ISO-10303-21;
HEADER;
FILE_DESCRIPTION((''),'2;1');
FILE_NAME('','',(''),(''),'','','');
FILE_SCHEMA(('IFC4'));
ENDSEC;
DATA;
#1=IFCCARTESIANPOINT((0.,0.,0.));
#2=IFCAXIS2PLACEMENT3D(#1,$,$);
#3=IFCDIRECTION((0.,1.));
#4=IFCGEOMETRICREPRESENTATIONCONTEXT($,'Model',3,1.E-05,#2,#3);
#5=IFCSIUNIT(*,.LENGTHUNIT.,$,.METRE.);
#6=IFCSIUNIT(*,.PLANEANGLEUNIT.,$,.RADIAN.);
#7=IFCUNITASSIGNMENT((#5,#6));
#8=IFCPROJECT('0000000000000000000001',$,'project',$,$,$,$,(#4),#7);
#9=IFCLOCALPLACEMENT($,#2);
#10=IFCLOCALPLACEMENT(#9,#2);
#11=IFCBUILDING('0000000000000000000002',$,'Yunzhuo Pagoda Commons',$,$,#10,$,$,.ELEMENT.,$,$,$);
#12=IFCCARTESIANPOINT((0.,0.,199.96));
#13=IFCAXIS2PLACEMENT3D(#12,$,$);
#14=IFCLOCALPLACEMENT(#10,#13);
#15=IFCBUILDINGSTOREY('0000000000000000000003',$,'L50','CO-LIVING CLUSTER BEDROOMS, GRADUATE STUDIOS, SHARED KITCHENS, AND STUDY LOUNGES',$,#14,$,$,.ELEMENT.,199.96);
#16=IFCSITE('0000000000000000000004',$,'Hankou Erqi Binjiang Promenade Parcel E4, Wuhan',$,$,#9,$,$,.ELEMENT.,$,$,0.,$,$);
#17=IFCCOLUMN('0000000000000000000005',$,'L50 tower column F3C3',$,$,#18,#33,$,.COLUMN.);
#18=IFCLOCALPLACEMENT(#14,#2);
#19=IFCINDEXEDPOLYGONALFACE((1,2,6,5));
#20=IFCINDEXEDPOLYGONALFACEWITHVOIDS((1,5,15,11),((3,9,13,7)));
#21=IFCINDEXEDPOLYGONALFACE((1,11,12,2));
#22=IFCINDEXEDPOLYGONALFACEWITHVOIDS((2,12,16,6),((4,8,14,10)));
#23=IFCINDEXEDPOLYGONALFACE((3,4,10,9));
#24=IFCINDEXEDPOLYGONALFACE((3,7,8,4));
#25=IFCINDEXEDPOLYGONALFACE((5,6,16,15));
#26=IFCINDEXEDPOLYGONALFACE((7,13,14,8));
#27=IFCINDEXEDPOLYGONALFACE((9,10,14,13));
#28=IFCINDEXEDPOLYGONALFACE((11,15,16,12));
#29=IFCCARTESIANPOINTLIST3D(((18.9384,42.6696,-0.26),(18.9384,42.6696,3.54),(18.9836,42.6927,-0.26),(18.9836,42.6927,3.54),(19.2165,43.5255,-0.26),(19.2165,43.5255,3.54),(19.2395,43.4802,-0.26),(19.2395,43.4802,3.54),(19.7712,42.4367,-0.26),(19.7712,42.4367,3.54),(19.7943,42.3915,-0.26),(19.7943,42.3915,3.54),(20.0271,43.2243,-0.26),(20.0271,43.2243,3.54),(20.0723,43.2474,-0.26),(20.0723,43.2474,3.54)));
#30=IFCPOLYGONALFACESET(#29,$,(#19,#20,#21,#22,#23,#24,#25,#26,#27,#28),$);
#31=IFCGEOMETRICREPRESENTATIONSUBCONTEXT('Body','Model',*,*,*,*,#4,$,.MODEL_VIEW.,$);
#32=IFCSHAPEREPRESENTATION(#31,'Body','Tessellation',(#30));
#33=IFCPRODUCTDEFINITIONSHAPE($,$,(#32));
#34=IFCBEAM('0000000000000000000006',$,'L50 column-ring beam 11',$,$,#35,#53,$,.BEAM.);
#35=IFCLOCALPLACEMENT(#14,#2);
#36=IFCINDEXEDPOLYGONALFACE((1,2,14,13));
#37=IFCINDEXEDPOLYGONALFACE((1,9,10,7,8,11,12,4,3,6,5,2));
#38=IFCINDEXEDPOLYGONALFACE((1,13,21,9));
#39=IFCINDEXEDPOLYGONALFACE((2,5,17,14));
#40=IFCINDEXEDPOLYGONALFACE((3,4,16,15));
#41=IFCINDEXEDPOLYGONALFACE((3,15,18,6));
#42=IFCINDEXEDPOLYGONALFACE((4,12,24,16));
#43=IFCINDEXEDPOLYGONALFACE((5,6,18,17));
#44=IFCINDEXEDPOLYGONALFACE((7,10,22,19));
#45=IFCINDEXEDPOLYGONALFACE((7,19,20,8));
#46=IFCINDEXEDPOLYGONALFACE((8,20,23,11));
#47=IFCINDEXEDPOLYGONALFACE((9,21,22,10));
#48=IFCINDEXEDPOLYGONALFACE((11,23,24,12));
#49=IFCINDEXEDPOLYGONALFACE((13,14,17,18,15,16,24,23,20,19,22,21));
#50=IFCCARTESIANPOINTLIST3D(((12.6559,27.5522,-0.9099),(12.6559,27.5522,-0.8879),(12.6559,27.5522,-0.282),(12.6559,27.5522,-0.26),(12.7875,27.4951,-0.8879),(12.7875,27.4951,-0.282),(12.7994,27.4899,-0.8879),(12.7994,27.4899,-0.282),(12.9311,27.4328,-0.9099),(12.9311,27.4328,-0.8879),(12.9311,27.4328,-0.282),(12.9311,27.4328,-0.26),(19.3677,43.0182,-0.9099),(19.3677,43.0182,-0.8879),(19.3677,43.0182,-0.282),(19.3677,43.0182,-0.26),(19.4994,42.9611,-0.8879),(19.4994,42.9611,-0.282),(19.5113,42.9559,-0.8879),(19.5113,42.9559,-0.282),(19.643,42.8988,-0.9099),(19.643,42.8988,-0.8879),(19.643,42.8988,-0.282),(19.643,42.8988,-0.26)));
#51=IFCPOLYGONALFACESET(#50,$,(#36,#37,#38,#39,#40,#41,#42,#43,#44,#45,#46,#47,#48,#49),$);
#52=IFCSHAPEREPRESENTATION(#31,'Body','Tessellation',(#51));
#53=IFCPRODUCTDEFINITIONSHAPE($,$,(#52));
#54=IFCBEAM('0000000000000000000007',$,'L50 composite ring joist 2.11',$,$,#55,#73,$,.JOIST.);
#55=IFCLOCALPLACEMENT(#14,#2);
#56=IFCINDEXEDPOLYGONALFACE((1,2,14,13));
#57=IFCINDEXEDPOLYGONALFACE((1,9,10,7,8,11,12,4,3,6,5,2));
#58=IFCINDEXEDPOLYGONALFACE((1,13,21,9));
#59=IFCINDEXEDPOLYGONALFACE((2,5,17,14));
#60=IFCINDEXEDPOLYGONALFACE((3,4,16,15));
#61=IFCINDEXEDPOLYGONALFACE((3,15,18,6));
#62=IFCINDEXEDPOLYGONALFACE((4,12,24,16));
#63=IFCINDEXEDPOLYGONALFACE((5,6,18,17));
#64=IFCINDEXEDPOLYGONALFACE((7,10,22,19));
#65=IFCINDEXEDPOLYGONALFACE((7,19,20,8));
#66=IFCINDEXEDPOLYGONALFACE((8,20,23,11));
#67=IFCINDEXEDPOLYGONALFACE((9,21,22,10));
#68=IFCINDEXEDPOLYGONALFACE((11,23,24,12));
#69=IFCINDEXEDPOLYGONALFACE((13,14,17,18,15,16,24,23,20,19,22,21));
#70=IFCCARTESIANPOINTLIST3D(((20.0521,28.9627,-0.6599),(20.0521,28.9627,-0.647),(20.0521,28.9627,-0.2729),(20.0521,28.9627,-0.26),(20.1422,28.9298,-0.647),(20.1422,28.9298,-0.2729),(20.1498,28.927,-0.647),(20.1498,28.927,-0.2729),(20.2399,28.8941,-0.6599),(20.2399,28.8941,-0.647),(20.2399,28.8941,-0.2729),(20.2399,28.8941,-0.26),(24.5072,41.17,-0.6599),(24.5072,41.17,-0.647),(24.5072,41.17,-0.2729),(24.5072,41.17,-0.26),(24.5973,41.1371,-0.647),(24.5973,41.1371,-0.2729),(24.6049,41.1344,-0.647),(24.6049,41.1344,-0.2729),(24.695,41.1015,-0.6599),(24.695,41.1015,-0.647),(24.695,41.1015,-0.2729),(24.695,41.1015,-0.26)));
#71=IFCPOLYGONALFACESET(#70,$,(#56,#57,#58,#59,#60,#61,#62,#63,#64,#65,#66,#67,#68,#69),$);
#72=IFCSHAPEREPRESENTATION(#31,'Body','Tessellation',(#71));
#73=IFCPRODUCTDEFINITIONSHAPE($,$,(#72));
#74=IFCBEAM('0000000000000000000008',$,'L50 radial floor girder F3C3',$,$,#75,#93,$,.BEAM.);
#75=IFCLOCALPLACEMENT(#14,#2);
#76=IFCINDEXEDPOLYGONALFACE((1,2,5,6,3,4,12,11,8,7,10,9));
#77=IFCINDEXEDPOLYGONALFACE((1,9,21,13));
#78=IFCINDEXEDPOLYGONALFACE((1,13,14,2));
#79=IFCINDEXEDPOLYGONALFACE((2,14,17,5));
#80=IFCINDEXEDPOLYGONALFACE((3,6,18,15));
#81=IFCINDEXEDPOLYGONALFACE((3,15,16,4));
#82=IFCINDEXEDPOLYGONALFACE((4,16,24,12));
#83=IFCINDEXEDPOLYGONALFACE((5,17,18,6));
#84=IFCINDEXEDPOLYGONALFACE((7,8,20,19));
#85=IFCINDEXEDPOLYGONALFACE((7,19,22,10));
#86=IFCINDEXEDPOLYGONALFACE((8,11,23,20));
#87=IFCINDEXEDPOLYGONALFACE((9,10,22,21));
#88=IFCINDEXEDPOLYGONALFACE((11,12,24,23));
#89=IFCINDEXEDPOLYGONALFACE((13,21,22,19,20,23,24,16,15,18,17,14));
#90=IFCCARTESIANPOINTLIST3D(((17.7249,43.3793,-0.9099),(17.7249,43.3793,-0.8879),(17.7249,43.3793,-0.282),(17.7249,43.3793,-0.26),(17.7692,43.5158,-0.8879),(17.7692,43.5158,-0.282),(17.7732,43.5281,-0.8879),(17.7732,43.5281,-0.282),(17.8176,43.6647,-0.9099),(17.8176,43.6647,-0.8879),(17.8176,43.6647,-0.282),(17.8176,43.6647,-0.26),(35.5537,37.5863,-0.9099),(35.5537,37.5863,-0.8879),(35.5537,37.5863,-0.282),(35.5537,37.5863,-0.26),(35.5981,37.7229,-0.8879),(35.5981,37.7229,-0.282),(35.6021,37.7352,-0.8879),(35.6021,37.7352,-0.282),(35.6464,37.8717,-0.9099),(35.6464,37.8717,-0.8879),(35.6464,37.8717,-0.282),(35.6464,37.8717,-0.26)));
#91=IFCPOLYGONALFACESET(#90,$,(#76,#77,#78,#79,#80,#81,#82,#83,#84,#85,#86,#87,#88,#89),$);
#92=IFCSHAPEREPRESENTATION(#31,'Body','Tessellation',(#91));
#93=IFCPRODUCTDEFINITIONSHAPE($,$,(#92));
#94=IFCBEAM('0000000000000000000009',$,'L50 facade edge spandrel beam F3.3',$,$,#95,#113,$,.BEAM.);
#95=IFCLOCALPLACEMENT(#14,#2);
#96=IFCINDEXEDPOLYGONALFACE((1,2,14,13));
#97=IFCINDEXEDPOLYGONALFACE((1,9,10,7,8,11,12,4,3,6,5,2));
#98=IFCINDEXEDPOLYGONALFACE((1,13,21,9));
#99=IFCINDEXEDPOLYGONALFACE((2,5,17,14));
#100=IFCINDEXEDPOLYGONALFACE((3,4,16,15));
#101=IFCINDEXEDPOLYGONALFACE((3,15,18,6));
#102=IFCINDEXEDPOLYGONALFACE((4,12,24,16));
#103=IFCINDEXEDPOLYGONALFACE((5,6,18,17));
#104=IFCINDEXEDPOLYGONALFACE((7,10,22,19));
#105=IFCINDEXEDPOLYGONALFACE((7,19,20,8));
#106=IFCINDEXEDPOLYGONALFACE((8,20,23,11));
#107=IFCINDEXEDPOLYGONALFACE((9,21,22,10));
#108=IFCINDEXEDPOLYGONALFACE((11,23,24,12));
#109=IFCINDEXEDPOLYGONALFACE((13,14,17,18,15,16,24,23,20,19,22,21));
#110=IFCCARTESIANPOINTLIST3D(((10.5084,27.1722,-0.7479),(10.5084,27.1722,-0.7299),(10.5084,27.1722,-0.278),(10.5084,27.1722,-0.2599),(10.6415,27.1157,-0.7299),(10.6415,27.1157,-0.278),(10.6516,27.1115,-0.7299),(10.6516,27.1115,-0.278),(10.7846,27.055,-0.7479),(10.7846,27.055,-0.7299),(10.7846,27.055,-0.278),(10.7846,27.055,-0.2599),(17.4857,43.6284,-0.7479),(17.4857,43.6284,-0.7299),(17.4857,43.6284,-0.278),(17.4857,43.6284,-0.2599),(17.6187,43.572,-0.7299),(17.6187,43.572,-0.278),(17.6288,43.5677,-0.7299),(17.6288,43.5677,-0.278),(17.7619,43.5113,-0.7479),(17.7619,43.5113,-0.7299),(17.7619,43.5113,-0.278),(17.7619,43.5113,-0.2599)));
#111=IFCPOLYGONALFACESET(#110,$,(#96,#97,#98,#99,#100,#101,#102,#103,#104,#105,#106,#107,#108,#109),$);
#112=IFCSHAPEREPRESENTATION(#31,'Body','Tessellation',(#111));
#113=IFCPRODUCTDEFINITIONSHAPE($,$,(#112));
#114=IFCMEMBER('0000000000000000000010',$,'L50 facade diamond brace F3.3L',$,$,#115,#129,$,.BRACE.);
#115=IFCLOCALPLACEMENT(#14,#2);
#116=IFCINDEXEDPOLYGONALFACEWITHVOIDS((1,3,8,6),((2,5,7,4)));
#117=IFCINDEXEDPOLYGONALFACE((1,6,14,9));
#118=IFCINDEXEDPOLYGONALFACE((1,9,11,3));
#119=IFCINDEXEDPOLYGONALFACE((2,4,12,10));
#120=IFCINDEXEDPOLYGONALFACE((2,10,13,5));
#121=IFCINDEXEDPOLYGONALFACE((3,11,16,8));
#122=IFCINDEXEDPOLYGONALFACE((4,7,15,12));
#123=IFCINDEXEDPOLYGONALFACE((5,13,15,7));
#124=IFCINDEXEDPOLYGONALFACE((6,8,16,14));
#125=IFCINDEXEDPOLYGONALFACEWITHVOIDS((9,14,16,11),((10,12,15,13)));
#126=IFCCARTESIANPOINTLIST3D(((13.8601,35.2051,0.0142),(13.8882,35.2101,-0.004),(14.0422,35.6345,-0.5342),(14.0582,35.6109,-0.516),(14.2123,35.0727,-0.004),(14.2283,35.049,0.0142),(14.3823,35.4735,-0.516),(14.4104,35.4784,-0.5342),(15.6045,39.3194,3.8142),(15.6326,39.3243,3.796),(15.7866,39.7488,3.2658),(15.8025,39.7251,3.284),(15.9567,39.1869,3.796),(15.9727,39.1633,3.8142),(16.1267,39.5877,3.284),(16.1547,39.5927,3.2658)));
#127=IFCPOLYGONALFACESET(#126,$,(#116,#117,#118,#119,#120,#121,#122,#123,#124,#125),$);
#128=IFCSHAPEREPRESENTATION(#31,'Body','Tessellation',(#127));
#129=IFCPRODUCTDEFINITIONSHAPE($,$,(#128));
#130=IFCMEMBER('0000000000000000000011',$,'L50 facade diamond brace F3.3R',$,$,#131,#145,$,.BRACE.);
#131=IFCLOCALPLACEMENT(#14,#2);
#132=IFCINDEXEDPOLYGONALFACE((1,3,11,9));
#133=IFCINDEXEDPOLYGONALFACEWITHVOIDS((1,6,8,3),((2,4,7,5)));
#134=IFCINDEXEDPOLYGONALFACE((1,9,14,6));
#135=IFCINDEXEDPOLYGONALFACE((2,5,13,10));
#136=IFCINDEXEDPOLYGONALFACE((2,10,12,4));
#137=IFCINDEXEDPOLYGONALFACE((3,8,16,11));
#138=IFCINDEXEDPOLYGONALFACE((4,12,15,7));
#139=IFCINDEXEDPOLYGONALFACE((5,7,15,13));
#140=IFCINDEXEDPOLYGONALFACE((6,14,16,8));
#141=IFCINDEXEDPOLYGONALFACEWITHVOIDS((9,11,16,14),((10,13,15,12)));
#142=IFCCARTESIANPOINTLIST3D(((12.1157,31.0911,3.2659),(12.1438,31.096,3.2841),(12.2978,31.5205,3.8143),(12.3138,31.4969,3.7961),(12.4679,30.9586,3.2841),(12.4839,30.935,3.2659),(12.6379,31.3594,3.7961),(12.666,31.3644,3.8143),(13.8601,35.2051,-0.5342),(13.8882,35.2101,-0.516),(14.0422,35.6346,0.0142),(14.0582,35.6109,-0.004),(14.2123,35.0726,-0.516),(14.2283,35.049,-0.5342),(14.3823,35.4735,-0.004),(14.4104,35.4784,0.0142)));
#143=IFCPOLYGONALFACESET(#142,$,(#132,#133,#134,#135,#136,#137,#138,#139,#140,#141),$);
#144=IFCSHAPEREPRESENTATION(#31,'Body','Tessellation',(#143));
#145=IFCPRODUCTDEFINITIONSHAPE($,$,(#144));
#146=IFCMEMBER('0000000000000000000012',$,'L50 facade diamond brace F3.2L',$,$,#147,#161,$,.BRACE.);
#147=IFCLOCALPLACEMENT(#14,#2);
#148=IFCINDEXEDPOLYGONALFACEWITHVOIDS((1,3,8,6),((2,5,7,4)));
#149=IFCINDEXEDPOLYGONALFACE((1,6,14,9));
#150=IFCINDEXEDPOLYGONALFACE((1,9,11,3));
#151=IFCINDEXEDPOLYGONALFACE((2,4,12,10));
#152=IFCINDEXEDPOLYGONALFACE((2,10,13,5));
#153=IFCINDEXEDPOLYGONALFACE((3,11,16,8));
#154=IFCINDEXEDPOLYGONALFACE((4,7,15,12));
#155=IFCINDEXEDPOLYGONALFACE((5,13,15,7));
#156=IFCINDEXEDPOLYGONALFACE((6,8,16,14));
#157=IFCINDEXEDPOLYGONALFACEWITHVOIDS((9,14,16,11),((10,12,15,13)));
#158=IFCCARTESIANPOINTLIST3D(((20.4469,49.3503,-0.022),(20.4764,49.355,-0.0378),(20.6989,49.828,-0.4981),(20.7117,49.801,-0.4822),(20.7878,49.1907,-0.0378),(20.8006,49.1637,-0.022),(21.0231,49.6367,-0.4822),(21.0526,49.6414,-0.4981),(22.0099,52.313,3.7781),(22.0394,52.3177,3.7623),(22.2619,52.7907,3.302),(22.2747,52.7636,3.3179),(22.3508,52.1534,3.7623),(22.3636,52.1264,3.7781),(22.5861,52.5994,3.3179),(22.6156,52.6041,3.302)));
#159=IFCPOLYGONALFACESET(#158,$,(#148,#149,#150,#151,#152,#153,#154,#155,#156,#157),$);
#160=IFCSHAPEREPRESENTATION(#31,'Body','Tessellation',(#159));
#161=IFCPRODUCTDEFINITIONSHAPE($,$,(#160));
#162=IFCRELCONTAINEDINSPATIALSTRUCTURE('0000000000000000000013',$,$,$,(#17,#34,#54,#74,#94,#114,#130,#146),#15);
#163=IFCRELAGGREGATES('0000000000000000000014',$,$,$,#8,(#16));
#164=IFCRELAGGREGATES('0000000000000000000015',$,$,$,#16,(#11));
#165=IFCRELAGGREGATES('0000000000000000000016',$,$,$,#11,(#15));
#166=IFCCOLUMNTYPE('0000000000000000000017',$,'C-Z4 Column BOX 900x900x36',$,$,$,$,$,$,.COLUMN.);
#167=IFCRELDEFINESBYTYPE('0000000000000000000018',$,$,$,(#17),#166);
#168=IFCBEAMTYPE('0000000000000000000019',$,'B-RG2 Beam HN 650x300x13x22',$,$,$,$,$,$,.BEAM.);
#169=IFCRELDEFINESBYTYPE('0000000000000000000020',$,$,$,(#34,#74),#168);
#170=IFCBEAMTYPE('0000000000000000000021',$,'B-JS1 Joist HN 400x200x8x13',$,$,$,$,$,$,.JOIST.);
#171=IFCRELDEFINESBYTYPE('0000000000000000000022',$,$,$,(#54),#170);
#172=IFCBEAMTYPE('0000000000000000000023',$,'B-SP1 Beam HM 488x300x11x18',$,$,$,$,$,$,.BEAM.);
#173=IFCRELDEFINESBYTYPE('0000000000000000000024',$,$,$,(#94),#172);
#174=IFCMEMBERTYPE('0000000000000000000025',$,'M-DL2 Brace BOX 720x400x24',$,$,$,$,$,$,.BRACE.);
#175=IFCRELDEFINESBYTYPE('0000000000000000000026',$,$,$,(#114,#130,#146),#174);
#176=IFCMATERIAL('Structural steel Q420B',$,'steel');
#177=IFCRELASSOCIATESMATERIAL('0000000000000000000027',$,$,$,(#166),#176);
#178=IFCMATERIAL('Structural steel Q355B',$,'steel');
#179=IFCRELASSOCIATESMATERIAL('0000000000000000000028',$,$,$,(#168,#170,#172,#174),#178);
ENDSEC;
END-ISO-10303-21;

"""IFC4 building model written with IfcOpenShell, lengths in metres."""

from ifc_helpers import new_model, si_unit, direction, frame, origin, origin_2d, place, context, subcontext, project, spatial, hollow_rectangle, i_section, extrude, source, transform, mapped, material, material_profile, profile_set, type_object, element, save


model = new_model("IFC4")

# Units and contexts
model_context = context("Model", 3, precision=1e-05, world=origin(), true_north=direction((0.0, 1.0)))
body_context = subcontext(model_context, "Body", "Model", "MODEL_VIEW")
ifc_project = project(units=[si_unit("LENGTHUNIT", "METRE"), si_unit("PLANEANGLEUNIT", "RADIAN")], contexts=[model_context])

# Site, building, storey
site_placement = place(None, origin())
site = spatial("IfcSite", under=ifc_project, at=site_placement, Name="Hankou Erqi Binjiang Promenade Parcel E4, Wuhan", CompositionType="ELEMENT", RefElevation=0.0)
building_placement = place(site_placement, origin())
building = spatial("IfcBuilding", under=site, at=building_placement, Name="Yunzhuo Pagoda Commons", CompositionType="ELEMENT")
storey_placement = place(building_placement, frame((0.0, 0.0, 199.96)))
storey = spatial("IfcBuildingStorey", under=building, at=storey_placement, Name="L50", Description="CO-LIVING CLUSTER BEDROOMS, GRADUATE STUDIOS, SHARED KITCHENS, AND STUDY LOUNGES", CompositionType="ELEMENT", Elevation=199.96)

# Column
ifc_material_1 = material(Name="Structural steel Q420B", Category="steel")
ifc_material_profile_1 = material_profile(ifc_material_1, hollow_rectangle(XDim=0.8999, YDim=0.8999, WallThickness=0.0359, at=origin_2d()), Name="Structural steel Q420B")
ifc_profile_set_1 = profile_set([ifc_material_profile_1], Name="Structural steel Q420B")
column_type = type_object("IfcColumnType", Name="C-Z4 Column BOX 900x900x36", PredefinedType="COLUMN", material=ifc_profile_set_1)
shared_shape_1 = source(origin(), body_context, "Body", "SweptSolid", [
    extrude(hollow_rectangle(XDim=0.8999, YDim=0.8999, WallThickness=0.0359, at=origin_2d()), origin(), (0.0, 0.0, 1.0), 3.8),
])
column_placement = place(storey_placement, frame((19.5054, 42.9585, -0.26), z_axis=(0.0, 0.0, 1.0), x_axis=(-0.309017, -0.951057, 0.0)))
element("IfcColumn", 1, at=column_placement, inside=storey, type_object=column_type, Name="L50 tower column F3C3", PredefinedType="COLUMN", context=body_context, shape_type="MappedRepresentation", body=[
    mapped(shared_shape_1, transform((0.0, 0.0, 0.0), scale=1.0)),
])

# Beams
ifc_material_2 = material(Name="Structural steel Q355B", Category="steel")
ifc_material_profile_2 = material_profile(ifc_material_2, i_section(OverallWidth=0.3, OverallDepth=0.6499, WebThickness=0.0129, FlangeThickness=0.022, at=origin_2d()), Name="Structural steel Q355B")
ifc_profile_set_2 = profile_set([ifc_material_profile_2], Name="Structural steel Q355B")
beam_type_1 = type_object("IfcBeamType", Name="B-RG2 Beam HN 650x300x13x22", PredefinedType="BEAM", material=ifc_profile_set_2)
shared_shape_2 = source(origin(), body_context, "Body", "SweptSolid", [
    extrude(i_section(OverallWidth=0.3, OverallDepth=0.6499, WebThickness=0.0129, FlangeThickness=0.022, at=origin_2d()), origin(), (0.0, 0.0, 1.0), 16.8596),
])
beam_1_placement = place(storey_placement, frame((19.5054, 42.9585, -0.585), z_axis=(-0.398104, -0.91734, 0.0), x_axis=(0.91734, -0.398104, 0.0)))
element("IfcBeam", 2, at=beam_1_placement, inside=storey, type_object=beam_type_1, Name="L50 column-ring beam 11", PredefinedType="BEAM", context=body_context, shape_type="MappedRepresentation", body=[
    mapped(shared_shape_2, transform((0.0, 0.0, 0.0), scale=1.0)),
])
ifc_material_profile_3 = material_profile(ifc_material_2, i_section(OverallWidth=0.2, OverallDepth=0.3999, WebThickness=0.0081, FlangeThickness=0.0129, at=origin_2d()), Name="Structural steel Q355B")
ifc_profile_set_3 = profile_set([ifc_material_profile_3], Name="Structural steel Q355B")
beam_type_2 = type_object("IfcBeamType", Name="B-JS1 Joist HN 400x200x8x13", PredefinedType="JOIST", material=ifc_profile_set_3)
shared_shape_3 = source(origin(), body_context, "Body", "SweptSolid", [
    extrude(i_section(OverallWidth=0.2, OverallDepth=0.3999, WebThickness=0.0081, FlangeThickness=0.0129, at=origin_2d()), origin(), (0.0, 0.0, 1.0), 12.9949),
])
beam_2_placement = place(storey_placement, frame((24.6011, 41.1357, -0.46), z_axis=(-0.342835, -0.939396, 0.0), x_axis=(0.939396, -0.342835, 0.0)))
element("IfcBeam", 3, at=beam_2_placement, inside=storey, type_object=beam_type_2, Name="L50 composite ring joist 2.11", PredefinedType="JOIST", context=body_context, shape_type="MappedRepresentation", body=[
    mapped(shared_shape_3, transform((0.0, 0.0, 0.0), scale=1.0)),
])
shared_shape_4 = source(origin(), body_context, "Body", "SweptSolid", [
    extrude(i_section(OverallWidth=0.3, OverallDepth=0.6499, WebThickness=0.0129, FlangeThickness=0.022, at=origin_2d()), origin(), (0.0, 0.0, 1.0), 18.7463),
])
beam_3_placement = place(storey_placement, frame((17.7712, 43.522, -0.585), z_axis=(0.951056, -0.309018, 0.0), x_axis=(0.309018, 0.951056, 0.0)))
element("IfcBeam", 4, at=beam_3_placement, inside=storey, type_object=beam_type_1, Name="L50 radial floor girder F3C3", PredefinedType="BEAM", context=body_context, shape_type="MappedRepresentation", body=[
    mapped(shared_shape_4, transform((0.0, 0.0, 0.0), scale=1.0)),
])
ifc_material_profile_4 = material_profile(ifc_material_2, i_section(OverallWidth=0.3, OverallDepth=0.488, WebThickness=0.011, FlangeThickness=0.0181, at=origin_2d()), Name="Structural steel Q355B")
ifc_profile_set_4 = profile_set([ifc_material_profile_4], Name="Structural steel Q355B")
beam_type_3 = type_object("IfcBeamType", Name="B-SP1 Beam HM 488x300x11x18", PredefinedType="BEAM", material=ifc_profile_set_4)
shared_shape_5 = source(origin(), body_context, "Body", "SweptSolid", [
    extrude(i_section(OverallWidth=0.3, OverallDepth=0.488, WebThickness=0.011, FlangeThickness=0.0181, at=origin_2d()), origin(), (0.0, 0.0, 1.0), 17.8743),
])
beam_4_placement = place(storey_placement, frame((17.6238, 43.5698, -0.5039), z_axis=(-0.390352, -0.920666, 0.0), x_axis=(0.920666, -0.390352, 0.0)))
element("IfcBeam", 5, at=beam_4_placement, inside=storey, type_object=beam_type_3, Name="L50 facade edge spandrel beam F3.3", PredefinedType="BEAM", context=body_context, shape_type="MappedRepresentation", body=[
    mapped(shared_shape_5, transform((0.0, 0.0, 0.0), scale=1.0)),
])

# Members
ifc_material_profile_5 = material_profile(ifc_material_2, hollow_rectangle(XDim=0.3999, YDim=0.72, WallThickness=0.0239, at=origin_2d()), Name="Structural steel Q355B")
ifc_profile_set_5 = profile_set([ifc_material_profile_5], Name="Structural steel Q355B")
member_type_1 = type_object("IfcMemberType", Name="M-DL2 Brace BOX 720x400x24", PredefinedType="BRACE", material=ifc_profile_set_5)
shared_shape_6 = source(origin(), body_context, "Body", "SweptSolid", [
    extrude(hollow_rectangle(XDim=0.3999, YDim=0.72, WallThickness=0.0239, at=origin_2d()), origin(), (0.0, 0.0, 1.0), 5.866),
])
for number, where, z_axis, x_axis, name in (
    (6, (14.1353, 35.3418, -0.26), (0.29737, 0.701369, 0.647805), (-0.920667, 0.390349, 0.0), "L50 facade diamond brace F3.3L"),
    (7, (14.1353, 35.3418, -0.26), (-0.297379, -0.701348, 0.647824), (0.920659, -0.390369, 0.0), "L50 facade diamond brace F3.3R"),
):
    element("IfcMember", number, at=place(storey_placement, frame(where, z_axis=z_axis, x_axis=x_axis)), inside=storey, type_object=member_type_1, Name=name, PredefinedType="BRACE", context=body_context, shape_type="MappedRepresentation", body=[
        mapped(shared_shape_6, transform((0.0, 0.0, 0.0), scale=1.0)),
    ])
shared_shape_7 = source(origin(), body_context, "Body", "SweptSolid", [
    extrude(hollow_rectangle(XDim=0.3999, YDim=0.72, WallThickness=0.0239, at=origin_2d()), origin(), (0.0, 0.0, 1.0), 5.0657),
])
member_1_placement = place(storey_placement, frame((20.7498, 49.4958, -0.26), z_axis=(0.308548, 0.584853, 0.750164), x_axis=(-0.884462, 0.466611, 0.0)))
element("IfcMember", 8, at=member_1_placement, inside=storey, type_object=member_type_1, Name="L50 facade diamond brace F3.2L", PredefinedType="BRACE", context=body_context, shape_type="MappedRepresentation", body=[
    mapped(shared_shape_7, transform((0.0, 0.0, 0.0), scale=1.0)),
])

save(model, "model.ifc")
